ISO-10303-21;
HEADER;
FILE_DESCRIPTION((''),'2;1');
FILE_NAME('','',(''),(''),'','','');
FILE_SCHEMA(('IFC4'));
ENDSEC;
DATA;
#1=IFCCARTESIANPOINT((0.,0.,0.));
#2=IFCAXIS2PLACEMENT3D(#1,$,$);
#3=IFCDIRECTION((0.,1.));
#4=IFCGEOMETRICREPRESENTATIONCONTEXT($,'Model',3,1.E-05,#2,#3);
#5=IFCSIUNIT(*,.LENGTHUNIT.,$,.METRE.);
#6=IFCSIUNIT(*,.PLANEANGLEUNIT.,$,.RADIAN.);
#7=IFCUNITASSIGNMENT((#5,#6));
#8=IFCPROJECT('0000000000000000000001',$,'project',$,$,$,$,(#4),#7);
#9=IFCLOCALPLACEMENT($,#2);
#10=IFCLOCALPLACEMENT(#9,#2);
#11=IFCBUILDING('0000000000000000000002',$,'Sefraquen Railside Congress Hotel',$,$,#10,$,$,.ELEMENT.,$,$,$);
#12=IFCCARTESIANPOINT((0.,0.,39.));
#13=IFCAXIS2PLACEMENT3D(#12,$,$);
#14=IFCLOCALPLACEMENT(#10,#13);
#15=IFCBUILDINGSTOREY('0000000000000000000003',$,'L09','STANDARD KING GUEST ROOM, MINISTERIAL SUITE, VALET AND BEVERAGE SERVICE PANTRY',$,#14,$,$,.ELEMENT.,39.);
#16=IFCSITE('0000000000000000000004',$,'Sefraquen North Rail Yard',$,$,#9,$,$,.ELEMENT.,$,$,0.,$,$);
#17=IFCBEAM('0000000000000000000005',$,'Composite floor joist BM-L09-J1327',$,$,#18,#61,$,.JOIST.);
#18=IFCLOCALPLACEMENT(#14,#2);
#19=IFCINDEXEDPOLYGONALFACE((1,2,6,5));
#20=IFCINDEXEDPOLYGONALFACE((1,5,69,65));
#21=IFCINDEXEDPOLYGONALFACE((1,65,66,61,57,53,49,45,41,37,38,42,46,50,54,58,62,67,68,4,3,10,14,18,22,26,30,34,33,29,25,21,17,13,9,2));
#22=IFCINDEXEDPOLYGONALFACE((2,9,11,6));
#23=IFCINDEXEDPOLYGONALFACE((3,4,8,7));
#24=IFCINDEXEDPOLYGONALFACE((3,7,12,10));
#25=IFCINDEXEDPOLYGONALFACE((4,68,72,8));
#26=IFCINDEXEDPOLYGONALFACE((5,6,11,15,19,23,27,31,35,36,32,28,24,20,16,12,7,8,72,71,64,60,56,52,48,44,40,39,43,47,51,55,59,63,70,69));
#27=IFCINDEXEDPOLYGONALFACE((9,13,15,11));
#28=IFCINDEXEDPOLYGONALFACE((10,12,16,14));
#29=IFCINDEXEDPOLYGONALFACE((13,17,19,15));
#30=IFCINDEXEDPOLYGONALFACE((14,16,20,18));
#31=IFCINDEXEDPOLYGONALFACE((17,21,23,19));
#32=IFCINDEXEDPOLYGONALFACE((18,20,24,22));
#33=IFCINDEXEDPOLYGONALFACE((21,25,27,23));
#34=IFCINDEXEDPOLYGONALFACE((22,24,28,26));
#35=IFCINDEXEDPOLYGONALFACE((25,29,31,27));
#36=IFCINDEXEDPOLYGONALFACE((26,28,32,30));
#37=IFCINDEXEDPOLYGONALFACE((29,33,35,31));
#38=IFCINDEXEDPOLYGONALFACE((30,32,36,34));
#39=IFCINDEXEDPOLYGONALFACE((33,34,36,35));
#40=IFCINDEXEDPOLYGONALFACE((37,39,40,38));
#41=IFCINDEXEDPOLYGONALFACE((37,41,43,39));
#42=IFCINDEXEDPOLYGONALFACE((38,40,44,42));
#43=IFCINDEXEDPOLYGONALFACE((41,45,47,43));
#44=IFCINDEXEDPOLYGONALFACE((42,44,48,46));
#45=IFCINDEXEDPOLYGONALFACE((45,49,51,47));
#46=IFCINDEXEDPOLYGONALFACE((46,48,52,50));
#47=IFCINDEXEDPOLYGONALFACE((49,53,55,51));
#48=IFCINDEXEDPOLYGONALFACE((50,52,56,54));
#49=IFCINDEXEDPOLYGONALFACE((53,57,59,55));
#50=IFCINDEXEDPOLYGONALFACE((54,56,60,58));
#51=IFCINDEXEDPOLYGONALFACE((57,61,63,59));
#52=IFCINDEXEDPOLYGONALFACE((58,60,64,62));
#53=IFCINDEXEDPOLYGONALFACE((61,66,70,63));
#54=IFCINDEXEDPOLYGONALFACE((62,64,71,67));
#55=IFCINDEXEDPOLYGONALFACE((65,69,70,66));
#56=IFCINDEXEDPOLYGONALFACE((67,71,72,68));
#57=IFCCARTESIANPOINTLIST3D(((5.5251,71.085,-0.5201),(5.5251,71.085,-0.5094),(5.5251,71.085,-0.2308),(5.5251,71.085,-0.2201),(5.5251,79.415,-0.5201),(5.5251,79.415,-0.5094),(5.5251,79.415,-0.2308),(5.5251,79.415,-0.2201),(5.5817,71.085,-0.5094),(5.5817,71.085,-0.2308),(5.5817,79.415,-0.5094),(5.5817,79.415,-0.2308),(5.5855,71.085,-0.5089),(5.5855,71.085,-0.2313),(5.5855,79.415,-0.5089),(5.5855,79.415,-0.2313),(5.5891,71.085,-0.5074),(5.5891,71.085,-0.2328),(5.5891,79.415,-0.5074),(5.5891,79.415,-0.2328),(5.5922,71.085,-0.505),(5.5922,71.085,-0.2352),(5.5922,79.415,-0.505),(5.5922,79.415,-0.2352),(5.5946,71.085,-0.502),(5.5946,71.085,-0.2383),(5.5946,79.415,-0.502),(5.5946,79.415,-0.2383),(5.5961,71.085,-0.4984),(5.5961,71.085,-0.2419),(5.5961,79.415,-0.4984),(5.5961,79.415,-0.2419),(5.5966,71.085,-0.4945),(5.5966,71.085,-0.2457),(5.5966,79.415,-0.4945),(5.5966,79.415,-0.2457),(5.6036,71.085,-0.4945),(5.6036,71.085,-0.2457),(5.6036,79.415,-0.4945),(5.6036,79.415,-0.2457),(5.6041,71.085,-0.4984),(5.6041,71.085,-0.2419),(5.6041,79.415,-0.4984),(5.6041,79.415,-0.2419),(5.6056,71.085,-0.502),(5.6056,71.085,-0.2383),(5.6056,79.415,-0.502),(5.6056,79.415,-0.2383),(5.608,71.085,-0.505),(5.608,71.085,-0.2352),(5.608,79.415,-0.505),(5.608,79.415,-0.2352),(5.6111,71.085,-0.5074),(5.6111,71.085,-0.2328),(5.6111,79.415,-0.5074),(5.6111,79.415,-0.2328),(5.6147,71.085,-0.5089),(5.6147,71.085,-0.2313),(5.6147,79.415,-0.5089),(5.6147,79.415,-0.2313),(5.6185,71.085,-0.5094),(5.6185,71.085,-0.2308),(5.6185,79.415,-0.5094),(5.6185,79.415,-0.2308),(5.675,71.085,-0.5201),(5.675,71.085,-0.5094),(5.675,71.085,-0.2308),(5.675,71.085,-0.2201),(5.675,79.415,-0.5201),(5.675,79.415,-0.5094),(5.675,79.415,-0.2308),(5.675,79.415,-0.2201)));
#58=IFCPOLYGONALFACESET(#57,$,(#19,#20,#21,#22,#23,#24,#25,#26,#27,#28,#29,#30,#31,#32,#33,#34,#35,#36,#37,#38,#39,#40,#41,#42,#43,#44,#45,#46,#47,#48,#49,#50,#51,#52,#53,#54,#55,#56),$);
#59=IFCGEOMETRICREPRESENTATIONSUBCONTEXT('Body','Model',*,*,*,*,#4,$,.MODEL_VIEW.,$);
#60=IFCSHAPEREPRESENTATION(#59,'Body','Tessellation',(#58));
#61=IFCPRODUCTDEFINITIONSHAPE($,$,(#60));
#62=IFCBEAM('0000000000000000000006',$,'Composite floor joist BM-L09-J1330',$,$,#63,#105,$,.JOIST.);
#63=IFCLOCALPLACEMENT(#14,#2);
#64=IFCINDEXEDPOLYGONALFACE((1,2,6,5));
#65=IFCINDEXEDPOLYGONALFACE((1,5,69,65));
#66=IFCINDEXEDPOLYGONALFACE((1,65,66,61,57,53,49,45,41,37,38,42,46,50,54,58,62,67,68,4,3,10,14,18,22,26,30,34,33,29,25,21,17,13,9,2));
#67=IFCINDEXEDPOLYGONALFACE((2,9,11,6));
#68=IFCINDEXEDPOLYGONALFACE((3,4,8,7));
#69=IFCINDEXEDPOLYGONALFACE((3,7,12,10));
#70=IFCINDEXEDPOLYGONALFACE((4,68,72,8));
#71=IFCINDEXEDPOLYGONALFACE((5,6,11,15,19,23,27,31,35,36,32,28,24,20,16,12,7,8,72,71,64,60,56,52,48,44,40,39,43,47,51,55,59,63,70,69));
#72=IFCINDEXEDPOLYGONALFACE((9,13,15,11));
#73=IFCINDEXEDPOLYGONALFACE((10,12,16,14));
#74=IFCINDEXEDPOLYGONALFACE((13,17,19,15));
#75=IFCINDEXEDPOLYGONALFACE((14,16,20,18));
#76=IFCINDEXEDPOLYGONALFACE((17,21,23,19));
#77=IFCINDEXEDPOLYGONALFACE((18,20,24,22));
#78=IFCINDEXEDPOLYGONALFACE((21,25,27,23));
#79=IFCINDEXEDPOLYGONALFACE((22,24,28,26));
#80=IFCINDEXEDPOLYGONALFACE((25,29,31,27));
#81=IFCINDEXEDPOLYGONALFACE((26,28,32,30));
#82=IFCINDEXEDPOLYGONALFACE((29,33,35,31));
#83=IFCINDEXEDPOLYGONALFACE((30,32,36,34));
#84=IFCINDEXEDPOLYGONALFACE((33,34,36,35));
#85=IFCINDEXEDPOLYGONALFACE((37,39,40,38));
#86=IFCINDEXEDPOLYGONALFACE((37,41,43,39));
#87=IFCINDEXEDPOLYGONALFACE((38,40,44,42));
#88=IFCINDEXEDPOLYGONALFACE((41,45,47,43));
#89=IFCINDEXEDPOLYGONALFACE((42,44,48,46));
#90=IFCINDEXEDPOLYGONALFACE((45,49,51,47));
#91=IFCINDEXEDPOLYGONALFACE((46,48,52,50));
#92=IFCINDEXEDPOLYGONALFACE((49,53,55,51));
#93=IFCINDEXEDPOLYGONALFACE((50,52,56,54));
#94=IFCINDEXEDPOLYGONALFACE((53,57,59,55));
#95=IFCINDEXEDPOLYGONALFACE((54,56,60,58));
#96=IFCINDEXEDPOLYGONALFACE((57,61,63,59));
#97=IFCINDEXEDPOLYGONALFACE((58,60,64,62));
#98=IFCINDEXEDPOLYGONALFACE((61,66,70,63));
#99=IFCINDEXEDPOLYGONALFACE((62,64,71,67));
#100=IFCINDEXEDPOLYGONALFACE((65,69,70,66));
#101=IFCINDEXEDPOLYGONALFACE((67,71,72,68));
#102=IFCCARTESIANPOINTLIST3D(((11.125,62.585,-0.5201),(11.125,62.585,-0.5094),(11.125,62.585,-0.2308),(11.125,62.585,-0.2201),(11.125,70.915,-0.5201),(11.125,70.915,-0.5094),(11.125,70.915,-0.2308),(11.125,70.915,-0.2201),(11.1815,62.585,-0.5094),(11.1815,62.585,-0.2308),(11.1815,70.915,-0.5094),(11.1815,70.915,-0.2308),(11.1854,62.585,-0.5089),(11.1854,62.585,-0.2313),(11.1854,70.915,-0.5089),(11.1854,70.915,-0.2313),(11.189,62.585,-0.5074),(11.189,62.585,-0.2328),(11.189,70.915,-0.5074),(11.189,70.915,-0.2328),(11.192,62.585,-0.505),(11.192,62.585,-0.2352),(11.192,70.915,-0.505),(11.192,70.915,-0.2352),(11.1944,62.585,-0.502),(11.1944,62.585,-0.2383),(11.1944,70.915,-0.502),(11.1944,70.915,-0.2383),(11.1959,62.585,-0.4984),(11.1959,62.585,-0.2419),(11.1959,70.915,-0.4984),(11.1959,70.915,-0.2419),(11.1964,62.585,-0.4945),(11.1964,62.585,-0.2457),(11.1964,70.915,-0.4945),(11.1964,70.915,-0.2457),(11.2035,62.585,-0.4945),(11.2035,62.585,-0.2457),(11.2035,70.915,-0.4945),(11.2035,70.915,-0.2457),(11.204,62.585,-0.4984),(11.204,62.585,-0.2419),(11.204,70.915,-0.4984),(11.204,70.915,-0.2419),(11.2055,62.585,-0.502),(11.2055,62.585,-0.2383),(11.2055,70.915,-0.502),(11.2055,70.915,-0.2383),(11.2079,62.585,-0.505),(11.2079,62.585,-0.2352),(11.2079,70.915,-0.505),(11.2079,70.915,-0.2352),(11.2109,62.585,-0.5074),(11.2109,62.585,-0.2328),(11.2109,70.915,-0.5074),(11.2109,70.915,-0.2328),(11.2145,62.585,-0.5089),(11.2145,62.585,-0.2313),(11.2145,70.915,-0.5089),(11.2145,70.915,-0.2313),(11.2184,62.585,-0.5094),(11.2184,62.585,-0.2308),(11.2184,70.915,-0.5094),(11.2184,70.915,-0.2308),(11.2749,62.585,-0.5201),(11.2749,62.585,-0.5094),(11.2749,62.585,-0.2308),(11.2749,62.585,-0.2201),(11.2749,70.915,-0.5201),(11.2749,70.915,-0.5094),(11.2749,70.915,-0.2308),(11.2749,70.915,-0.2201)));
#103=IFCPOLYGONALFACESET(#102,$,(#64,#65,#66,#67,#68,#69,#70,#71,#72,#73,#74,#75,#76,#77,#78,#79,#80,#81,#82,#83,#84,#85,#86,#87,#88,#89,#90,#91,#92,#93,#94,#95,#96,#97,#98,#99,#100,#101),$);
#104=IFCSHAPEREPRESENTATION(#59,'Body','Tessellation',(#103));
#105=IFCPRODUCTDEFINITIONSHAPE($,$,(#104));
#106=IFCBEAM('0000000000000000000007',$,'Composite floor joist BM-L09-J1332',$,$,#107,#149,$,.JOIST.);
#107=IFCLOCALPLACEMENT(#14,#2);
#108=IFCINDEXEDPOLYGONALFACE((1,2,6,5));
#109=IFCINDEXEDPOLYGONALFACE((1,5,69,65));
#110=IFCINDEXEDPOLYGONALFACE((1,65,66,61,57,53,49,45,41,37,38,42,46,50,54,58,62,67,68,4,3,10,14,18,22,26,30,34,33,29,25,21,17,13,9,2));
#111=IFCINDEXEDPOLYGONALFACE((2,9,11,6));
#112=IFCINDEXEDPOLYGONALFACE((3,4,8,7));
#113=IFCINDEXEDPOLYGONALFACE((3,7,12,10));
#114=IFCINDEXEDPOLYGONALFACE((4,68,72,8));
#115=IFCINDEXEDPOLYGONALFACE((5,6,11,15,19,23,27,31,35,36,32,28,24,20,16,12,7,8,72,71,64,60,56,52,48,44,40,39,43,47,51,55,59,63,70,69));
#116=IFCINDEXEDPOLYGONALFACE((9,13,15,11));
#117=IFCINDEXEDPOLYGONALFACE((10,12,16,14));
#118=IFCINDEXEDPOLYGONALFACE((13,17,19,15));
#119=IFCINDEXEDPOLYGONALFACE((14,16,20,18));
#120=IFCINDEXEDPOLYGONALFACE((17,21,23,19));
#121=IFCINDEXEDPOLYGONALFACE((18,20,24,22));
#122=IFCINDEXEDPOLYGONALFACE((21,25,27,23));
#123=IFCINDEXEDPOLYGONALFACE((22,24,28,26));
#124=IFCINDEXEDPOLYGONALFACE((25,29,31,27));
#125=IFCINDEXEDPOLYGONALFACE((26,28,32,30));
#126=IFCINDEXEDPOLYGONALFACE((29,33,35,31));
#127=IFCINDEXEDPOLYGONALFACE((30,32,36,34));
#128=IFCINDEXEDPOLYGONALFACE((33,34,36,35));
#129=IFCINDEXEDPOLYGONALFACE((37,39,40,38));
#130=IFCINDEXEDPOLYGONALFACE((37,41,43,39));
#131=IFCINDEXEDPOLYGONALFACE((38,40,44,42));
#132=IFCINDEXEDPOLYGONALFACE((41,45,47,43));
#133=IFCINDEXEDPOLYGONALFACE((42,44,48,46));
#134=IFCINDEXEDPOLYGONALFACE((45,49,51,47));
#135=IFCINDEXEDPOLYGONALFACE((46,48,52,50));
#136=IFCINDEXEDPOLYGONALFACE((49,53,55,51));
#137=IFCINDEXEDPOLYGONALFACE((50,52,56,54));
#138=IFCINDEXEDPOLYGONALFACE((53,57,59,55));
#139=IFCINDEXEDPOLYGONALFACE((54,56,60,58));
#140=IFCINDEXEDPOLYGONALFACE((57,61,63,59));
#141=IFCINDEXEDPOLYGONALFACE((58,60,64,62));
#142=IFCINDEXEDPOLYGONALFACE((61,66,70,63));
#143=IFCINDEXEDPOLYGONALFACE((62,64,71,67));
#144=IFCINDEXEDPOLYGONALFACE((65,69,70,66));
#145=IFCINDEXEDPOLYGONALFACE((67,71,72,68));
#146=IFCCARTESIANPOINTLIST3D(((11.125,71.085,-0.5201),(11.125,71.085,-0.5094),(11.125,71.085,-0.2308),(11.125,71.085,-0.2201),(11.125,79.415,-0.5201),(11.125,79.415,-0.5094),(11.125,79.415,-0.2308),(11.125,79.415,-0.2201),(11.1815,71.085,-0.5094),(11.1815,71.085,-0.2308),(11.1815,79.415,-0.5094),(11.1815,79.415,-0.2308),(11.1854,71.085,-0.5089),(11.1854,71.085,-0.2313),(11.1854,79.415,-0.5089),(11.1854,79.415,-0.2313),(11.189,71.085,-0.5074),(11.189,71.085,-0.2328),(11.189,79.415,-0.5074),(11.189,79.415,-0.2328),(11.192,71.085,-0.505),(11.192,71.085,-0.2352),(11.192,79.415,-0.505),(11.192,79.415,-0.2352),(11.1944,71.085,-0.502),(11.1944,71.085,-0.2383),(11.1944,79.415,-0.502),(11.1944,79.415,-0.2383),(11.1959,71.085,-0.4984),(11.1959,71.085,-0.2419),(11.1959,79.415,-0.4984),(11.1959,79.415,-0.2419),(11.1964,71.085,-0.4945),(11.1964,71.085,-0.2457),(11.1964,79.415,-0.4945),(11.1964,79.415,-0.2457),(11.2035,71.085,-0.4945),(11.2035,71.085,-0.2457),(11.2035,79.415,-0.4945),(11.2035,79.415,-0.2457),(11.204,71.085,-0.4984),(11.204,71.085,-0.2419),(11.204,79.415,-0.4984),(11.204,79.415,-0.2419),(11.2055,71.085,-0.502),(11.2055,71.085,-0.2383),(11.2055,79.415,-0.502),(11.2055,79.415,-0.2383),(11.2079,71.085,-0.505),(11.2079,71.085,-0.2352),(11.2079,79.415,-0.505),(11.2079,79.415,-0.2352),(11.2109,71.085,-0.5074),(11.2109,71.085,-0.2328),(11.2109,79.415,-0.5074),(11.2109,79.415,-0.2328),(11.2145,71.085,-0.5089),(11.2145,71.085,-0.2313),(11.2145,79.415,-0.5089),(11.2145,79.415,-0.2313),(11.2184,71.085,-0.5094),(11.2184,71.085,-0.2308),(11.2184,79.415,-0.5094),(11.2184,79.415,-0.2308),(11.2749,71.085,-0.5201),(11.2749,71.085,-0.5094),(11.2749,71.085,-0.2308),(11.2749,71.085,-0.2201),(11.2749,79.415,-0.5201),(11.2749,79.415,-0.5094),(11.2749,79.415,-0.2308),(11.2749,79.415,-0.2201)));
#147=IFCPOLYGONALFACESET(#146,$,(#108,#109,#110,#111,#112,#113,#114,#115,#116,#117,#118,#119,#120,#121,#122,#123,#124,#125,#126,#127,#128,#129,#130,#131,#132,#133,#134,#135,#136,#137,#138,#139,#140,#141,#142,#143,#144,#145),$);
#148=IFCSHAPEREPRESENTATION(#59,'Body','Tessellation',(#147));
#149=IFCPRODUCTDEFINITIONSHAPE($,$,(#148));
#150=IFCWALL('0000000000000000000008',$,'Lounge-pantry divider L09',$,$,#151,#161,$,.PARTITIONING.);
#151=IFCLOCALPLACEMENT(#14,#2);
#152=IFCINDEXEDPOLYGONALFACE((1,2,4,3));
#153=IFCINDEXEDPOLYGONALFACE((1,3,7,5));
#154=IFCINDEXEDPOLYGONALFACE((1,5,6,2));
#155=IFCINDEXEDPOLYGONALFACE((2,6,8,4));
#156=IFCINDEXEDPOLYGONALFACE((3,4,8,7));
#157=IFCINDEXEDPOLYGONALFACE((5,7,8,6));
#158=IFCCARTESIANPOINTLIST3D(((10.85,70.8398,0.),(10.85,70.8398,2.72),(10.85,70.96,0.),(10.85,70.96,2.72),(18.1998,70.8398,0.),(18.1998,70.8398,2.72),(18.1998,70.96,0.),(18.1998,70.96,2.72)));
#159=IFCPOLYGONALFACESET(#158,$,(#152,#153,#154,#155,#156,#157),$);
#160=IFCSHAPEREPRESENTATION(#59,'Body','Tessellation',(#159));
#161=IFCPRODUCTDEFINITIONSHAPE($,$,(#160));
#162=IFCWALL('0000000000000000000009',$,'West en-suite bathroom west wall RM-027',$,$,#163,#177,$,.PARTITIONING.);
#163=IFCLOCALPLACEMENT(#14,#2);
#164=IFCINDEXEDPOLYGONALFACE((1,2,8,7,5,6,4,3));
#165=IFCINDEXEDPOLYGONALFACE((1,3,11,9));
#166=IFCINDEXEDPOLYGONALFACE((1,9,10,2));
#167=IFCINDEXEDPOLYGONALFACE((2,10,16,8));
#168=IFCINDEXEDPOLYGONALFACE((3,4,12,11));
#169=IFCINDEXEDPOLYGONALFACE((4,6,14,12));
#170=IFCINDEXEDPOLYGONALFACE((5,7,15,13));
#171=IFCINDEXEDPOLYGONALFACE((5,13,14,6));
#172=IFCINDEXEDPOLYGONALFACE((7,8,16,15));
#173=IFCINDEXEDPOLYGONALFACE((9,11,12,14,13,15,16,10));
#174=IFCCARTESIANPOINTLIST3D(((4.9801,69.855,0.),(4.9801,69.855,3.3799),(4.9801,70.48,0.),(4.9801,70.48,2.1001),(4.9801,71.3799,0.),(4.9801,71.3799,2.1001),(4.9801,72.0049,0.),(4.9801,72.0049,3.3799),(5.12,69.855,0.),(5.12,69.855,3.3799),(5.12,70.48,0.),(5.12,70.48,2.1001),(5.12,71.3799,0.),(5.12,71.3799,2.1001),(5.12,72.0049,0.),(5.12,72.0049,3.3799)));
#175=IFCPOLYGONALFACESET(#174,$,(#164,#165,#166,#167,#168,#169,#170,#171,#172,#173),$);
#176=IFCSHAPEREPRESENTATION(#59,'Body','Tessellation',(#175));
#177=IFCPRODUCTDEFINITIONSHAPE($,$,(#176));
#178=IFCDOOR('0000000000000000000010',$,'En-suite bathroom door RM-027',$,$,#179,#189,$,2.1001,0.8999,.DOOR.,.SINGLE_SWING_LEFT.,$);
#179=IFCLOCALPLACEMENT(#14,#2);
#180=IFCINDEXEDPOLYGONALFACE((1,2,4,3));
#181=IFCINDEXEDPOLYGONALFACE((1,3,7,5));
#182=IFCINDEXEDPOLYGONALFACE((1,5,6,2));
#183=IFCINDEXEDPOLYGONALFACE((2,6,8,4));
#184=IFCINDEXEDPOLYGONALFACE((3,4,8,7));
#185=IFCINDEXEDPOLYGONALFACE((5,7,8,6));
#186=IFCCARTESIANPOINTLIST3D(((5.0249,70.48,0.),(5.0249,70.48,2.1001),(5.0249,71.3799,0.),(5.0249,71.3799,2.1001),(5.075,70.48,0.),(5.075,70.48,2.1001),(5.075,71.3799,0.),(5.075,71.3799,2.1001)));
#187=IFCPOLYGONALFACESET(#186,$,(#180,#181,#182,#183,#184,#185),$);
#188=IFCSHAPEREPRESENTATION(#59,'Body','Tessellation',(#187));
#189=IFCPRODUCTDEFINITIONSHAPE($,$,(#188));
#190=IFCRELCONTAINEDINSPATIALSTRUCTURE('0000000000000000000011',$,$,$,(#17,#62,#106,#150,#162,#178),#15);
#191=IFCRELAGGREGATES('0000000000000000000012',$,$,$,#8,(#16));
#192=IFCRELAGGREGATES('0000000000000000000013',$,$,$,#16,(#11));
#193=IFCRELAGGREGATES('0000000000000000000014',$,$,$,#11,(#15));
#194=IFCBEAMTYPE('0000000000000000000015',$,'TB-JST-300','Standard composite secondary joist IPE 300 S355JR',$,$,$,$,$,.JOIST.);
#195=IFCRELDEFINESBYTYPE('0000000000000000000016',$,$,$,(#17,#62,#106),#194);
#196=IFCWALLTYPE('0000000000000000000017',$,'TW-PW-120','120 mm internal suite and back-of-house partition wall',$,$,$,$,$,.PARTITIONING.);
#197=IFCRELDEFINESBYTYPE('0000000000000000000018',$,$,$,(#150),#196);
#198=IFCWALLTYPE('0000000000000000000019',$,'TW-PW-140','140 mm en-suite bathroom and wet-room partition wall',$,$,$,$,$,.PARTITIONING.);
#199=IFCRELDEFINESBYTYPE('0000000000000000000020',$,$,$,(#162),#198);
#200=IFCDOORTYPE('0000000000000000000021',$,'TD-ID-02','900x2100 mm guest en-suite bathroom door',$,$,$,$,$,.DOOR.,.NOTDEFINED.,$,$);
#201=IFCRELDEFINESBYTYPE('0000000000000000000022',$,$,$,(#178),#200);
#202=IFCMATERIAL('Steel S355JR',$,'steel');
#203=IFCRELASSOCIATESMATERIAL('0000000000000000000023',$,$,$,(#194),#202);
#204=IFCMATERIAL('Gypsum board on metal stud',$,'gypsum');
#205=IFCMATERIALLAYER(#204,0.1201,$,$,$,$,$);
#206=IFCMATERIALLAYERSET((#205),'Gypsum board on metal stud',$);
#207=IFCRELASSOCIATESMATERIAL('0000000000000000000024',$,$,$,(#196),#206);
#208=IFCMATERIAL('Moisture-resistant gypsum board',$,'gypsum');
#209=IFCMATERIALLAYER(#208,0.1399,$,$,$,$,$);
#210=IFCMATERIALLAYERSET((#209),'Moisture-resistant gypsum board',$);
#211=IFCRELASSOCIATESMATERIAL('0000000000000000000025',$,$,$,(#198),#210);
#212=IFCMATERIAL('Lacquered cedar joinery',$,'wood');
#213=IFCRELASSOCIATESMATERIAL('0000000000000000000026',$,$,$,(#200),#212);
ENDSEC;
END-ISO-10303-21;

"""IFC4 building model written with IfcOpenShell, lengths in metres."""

from ifc_helpers import new_model, si_unit, direction, frame, frame_2d, origin, origin_2d, place, context, subcontext, project, spatial, rectangle, i_section, extrude, material, layer, layer_set, material_profile, profile_set, type_object, element, fill, save


model = new_model("IFC4")

# Units and contexts
model_context = context("Model", 3, precision=1e-05, world=origin(), true_north=direction((0.0, 1.0)))
body_context = subcontext(model_context, "Body", "Model", "MODEL_VIEW")
ifc_project = project(units=[si_unit("LENGTHUNIT", "METRE"), si_unit("PLANEANGLEUNIT", "RADIAN")], contexts=[model_context])

# Site, building, storey
site_placement = place(None, origin())
site = spatial("IfcSite", under=ifc_project, at=site_placement, Name="Sefraquen North Rail Yard", CompositionType="ELEMENT", RefElevation=0.0)
building_placement = place(site_placement, origin())
building = spatial("IfcBuilding", under=site, at=building_placement, Name="Sefraquen Railside Congress Hotel", CompositionType="ELEMENT")
storey_placement = place(building_placement, frame((0.0, 0.0, 39.0)))
storey = spatial("IfcBuildingStorey", under=building, at=storey_placement, Name="L09", Description="STANDARD KING GUEST ROOM, MINISTERIAL SUITE, VALET AND BEVERAGE SERVICE PANTRY", CompositionType="ELEMENT", Elevation=39.0)

# Shared definitions
ifc_material_1 = material(Name="Steel S355JR", Category="steel")

# Beams
ifc_material_profile_1 = material_profile(ifc_material_1, i_section(OverallWidth=0.1499, OverallDepth=0.3, WebThickness=0.0071, FlangeThickness=0.0107, FilletRadius=0.0149, at=origin_2d()), Name="IPE 300")
ifc_profile_set_1 = profile_set([ifc_material_profile_1], Name="Steel S355JR")
beam_type_1 = type_object("IfcBeamType", Name="TB-JST-300", Description="Standard composite secondary joist IPE 300 S355JR", PredefinedType="JOIST", material=ifc_profile_set_1)
for number, where, z_axis, x_axis, name in (
    (1, (5.6001, 71.085, -0.3701), (0.0, 1.0, 0.0), (-1.0, 0.0, 0.0), "Composite floor joist BM-L09-J1327"),
    (2, (11.2, 62.585, -0.3701), (0.0, 1.0, 0.0), (-1.0, 0.0, 0.0), "Composite floor joist BM-L09-J1330"),
    (3, (11.2, 71.085, -0.3701), (0.0, 1.0, 0.0), (-1.0, 0.0, 0.0), "Composite floor joist BM-L09-J1332"),
):
    element("IfcBeam", number, at=place(storey_placement, frame(where, z_axis=z_axis, x_axis=x_axis)), inside=storey, type_object=beam_type_1, Name=name, PredefinedType="JOIST", context=body_context, shape_type="SweptSolid", body=[
        extrude(i_section(OverallWidth=0.1499, OverallDepth=0.3, WebThickness=0.0071, FlangeThickness=0.0107, FilletRadius=0.0149, at=origin_2d()), origin(), (0.0, 0.0, 1.0), 8.3301),
    ])

# Wall
ifc_material_2 = material(Name="Gypsum board on metal stud", Category="gypsum")
ifc_layer_1 = layer(ifc_material_2, 0.1201)
ifc_layer_set_1 = layer_set([ifc_layer_1], Name="Gypsum board on metal stud")
wall_type_1 = type_object("IfcWallType", Name="TW-PW-120", Description="120 mm internal suite and back-of-house partition wall", PredefinedType="PARTITIONING", material=ifc_layer_set_1)
wall_1_placement = place(storey_placement, frame((10.8501, 70.8999, 0.0), z_axis=(0.0, 0.0, 1.0), x_axis=(1.0, 0.0, 0.0)))
element("IfcWall", 4, at=wall_1_placement, inside=storey, type_object=wall_type_1, Name="Lounge-pantry divider L09", PredefinedType="PARTITIONING", context=body_context, shape_type="SweptSolid", body=[
    extrude(rectangle(XDim=7.3499, YDim=0.1201, at=frame_2d((3.6748, 0.0))), origin(), (0.0, 0.0, 1.0), 2.72),
])

# Wall, opening, door
ifc_material_3 = material(Name="Moisture-resistant gypsum board", Category="gypsum")
ifc_layer_2 = layer(ifc_material_3, 0.1399)
ifc_layer_set_2 = layer_set([ifc_layer_2], Name="Moisture-resistant gypsum board")
wall_type_2 = type_object("IfcWallType", Name="TW-PW-140", Description="140 mm en-suite bathroom and wet-room partition wall", PredefinedType="PARTITIONING", material=ifc_layer_set_2)
wall_2_placement = place(storey_placement, frame((5.05, 69.855, 0.0), z_axis=(0.0, 0.0, 1.0), x_axis=(0.0, 1.0, 0.0)))
wall_2 = element("IfcWall", 5, at=wall_2_placement, inside=storey, type_object=wall_type_2, Name="West en-suite bathroom west wall RM-027", PredefinedType="PARTITIONING", context=body_context, shape_type="SweptSolid", body=[
    extrude(rectangle(XDim=2.1499, YDim=0.1399, at=frame_2d((1.075, 0.0))), origin(), (0.0, 0.0, 1.0), 3.3799),
])
opening_1_placement = place(wall_2_placement, frame((0.625, 0.0, 0.0)))
opening_1 = element("IfcOpeningElement", 6, at=opening_1_placement, cuts=wall_2, PredefinedType="OPENING", context=body_context, shape_type="SweptSolid", body=[
    extrude(rectangle(XDim=0.8999, YDim=2.1001, at=frame_2d((0.45, 1.05))), frame((0.0, 0.0798, 0.0), z_axis=(0.0, -1.0, 0.0), x_axis=(1.0, 0.0, 0.0)), (0.0, 0.0, 1.0), 0.1599),
])
ifc_material_4 = material(Name="Lacquered cedar joinery", Category="wood")
door_type_1 = type_object("IfcDoorType", Name="TD-ID-02", Description="900x2100 mm guest en-suite bathroom door", OperationType="NOTDEFINED", PredefinedType="DOOR", material=ifc_material_4)
door_1_placement = place(opening_1_placement, frame((0.8999, 0.0, 0.0), z_axis=(0.0, 0.0, 1.0), x_axis=(-1.0, 0.0, 0.0)))
door_1 = element("IfcDoor", 7, at=door_1_placement, inside=storey, type_object=door_type_1, Name="En-suite bathroom door RM-027", OperationType="SINGLE_SWING_LEFT", OverallHeight=2.1001, OverallWidth=0.8999, PredefinedType="DOOR", context=body_context, shape_type="SweptSolid", body=[
    extrude(rectangle(XDim=0.8999, YDim=2.1001, at=frame_2d((0.45, 1.05))), frame((0.0, 0.0249, 0.0), z_axis=(0.0, -1.0, 0.0), x_axis=(1.0, 0.0, 0.0)), (0.0, 0.0, 1.0), 0.05),
])
fill(opening_1, door_1)

save(model, "model.ifc")
